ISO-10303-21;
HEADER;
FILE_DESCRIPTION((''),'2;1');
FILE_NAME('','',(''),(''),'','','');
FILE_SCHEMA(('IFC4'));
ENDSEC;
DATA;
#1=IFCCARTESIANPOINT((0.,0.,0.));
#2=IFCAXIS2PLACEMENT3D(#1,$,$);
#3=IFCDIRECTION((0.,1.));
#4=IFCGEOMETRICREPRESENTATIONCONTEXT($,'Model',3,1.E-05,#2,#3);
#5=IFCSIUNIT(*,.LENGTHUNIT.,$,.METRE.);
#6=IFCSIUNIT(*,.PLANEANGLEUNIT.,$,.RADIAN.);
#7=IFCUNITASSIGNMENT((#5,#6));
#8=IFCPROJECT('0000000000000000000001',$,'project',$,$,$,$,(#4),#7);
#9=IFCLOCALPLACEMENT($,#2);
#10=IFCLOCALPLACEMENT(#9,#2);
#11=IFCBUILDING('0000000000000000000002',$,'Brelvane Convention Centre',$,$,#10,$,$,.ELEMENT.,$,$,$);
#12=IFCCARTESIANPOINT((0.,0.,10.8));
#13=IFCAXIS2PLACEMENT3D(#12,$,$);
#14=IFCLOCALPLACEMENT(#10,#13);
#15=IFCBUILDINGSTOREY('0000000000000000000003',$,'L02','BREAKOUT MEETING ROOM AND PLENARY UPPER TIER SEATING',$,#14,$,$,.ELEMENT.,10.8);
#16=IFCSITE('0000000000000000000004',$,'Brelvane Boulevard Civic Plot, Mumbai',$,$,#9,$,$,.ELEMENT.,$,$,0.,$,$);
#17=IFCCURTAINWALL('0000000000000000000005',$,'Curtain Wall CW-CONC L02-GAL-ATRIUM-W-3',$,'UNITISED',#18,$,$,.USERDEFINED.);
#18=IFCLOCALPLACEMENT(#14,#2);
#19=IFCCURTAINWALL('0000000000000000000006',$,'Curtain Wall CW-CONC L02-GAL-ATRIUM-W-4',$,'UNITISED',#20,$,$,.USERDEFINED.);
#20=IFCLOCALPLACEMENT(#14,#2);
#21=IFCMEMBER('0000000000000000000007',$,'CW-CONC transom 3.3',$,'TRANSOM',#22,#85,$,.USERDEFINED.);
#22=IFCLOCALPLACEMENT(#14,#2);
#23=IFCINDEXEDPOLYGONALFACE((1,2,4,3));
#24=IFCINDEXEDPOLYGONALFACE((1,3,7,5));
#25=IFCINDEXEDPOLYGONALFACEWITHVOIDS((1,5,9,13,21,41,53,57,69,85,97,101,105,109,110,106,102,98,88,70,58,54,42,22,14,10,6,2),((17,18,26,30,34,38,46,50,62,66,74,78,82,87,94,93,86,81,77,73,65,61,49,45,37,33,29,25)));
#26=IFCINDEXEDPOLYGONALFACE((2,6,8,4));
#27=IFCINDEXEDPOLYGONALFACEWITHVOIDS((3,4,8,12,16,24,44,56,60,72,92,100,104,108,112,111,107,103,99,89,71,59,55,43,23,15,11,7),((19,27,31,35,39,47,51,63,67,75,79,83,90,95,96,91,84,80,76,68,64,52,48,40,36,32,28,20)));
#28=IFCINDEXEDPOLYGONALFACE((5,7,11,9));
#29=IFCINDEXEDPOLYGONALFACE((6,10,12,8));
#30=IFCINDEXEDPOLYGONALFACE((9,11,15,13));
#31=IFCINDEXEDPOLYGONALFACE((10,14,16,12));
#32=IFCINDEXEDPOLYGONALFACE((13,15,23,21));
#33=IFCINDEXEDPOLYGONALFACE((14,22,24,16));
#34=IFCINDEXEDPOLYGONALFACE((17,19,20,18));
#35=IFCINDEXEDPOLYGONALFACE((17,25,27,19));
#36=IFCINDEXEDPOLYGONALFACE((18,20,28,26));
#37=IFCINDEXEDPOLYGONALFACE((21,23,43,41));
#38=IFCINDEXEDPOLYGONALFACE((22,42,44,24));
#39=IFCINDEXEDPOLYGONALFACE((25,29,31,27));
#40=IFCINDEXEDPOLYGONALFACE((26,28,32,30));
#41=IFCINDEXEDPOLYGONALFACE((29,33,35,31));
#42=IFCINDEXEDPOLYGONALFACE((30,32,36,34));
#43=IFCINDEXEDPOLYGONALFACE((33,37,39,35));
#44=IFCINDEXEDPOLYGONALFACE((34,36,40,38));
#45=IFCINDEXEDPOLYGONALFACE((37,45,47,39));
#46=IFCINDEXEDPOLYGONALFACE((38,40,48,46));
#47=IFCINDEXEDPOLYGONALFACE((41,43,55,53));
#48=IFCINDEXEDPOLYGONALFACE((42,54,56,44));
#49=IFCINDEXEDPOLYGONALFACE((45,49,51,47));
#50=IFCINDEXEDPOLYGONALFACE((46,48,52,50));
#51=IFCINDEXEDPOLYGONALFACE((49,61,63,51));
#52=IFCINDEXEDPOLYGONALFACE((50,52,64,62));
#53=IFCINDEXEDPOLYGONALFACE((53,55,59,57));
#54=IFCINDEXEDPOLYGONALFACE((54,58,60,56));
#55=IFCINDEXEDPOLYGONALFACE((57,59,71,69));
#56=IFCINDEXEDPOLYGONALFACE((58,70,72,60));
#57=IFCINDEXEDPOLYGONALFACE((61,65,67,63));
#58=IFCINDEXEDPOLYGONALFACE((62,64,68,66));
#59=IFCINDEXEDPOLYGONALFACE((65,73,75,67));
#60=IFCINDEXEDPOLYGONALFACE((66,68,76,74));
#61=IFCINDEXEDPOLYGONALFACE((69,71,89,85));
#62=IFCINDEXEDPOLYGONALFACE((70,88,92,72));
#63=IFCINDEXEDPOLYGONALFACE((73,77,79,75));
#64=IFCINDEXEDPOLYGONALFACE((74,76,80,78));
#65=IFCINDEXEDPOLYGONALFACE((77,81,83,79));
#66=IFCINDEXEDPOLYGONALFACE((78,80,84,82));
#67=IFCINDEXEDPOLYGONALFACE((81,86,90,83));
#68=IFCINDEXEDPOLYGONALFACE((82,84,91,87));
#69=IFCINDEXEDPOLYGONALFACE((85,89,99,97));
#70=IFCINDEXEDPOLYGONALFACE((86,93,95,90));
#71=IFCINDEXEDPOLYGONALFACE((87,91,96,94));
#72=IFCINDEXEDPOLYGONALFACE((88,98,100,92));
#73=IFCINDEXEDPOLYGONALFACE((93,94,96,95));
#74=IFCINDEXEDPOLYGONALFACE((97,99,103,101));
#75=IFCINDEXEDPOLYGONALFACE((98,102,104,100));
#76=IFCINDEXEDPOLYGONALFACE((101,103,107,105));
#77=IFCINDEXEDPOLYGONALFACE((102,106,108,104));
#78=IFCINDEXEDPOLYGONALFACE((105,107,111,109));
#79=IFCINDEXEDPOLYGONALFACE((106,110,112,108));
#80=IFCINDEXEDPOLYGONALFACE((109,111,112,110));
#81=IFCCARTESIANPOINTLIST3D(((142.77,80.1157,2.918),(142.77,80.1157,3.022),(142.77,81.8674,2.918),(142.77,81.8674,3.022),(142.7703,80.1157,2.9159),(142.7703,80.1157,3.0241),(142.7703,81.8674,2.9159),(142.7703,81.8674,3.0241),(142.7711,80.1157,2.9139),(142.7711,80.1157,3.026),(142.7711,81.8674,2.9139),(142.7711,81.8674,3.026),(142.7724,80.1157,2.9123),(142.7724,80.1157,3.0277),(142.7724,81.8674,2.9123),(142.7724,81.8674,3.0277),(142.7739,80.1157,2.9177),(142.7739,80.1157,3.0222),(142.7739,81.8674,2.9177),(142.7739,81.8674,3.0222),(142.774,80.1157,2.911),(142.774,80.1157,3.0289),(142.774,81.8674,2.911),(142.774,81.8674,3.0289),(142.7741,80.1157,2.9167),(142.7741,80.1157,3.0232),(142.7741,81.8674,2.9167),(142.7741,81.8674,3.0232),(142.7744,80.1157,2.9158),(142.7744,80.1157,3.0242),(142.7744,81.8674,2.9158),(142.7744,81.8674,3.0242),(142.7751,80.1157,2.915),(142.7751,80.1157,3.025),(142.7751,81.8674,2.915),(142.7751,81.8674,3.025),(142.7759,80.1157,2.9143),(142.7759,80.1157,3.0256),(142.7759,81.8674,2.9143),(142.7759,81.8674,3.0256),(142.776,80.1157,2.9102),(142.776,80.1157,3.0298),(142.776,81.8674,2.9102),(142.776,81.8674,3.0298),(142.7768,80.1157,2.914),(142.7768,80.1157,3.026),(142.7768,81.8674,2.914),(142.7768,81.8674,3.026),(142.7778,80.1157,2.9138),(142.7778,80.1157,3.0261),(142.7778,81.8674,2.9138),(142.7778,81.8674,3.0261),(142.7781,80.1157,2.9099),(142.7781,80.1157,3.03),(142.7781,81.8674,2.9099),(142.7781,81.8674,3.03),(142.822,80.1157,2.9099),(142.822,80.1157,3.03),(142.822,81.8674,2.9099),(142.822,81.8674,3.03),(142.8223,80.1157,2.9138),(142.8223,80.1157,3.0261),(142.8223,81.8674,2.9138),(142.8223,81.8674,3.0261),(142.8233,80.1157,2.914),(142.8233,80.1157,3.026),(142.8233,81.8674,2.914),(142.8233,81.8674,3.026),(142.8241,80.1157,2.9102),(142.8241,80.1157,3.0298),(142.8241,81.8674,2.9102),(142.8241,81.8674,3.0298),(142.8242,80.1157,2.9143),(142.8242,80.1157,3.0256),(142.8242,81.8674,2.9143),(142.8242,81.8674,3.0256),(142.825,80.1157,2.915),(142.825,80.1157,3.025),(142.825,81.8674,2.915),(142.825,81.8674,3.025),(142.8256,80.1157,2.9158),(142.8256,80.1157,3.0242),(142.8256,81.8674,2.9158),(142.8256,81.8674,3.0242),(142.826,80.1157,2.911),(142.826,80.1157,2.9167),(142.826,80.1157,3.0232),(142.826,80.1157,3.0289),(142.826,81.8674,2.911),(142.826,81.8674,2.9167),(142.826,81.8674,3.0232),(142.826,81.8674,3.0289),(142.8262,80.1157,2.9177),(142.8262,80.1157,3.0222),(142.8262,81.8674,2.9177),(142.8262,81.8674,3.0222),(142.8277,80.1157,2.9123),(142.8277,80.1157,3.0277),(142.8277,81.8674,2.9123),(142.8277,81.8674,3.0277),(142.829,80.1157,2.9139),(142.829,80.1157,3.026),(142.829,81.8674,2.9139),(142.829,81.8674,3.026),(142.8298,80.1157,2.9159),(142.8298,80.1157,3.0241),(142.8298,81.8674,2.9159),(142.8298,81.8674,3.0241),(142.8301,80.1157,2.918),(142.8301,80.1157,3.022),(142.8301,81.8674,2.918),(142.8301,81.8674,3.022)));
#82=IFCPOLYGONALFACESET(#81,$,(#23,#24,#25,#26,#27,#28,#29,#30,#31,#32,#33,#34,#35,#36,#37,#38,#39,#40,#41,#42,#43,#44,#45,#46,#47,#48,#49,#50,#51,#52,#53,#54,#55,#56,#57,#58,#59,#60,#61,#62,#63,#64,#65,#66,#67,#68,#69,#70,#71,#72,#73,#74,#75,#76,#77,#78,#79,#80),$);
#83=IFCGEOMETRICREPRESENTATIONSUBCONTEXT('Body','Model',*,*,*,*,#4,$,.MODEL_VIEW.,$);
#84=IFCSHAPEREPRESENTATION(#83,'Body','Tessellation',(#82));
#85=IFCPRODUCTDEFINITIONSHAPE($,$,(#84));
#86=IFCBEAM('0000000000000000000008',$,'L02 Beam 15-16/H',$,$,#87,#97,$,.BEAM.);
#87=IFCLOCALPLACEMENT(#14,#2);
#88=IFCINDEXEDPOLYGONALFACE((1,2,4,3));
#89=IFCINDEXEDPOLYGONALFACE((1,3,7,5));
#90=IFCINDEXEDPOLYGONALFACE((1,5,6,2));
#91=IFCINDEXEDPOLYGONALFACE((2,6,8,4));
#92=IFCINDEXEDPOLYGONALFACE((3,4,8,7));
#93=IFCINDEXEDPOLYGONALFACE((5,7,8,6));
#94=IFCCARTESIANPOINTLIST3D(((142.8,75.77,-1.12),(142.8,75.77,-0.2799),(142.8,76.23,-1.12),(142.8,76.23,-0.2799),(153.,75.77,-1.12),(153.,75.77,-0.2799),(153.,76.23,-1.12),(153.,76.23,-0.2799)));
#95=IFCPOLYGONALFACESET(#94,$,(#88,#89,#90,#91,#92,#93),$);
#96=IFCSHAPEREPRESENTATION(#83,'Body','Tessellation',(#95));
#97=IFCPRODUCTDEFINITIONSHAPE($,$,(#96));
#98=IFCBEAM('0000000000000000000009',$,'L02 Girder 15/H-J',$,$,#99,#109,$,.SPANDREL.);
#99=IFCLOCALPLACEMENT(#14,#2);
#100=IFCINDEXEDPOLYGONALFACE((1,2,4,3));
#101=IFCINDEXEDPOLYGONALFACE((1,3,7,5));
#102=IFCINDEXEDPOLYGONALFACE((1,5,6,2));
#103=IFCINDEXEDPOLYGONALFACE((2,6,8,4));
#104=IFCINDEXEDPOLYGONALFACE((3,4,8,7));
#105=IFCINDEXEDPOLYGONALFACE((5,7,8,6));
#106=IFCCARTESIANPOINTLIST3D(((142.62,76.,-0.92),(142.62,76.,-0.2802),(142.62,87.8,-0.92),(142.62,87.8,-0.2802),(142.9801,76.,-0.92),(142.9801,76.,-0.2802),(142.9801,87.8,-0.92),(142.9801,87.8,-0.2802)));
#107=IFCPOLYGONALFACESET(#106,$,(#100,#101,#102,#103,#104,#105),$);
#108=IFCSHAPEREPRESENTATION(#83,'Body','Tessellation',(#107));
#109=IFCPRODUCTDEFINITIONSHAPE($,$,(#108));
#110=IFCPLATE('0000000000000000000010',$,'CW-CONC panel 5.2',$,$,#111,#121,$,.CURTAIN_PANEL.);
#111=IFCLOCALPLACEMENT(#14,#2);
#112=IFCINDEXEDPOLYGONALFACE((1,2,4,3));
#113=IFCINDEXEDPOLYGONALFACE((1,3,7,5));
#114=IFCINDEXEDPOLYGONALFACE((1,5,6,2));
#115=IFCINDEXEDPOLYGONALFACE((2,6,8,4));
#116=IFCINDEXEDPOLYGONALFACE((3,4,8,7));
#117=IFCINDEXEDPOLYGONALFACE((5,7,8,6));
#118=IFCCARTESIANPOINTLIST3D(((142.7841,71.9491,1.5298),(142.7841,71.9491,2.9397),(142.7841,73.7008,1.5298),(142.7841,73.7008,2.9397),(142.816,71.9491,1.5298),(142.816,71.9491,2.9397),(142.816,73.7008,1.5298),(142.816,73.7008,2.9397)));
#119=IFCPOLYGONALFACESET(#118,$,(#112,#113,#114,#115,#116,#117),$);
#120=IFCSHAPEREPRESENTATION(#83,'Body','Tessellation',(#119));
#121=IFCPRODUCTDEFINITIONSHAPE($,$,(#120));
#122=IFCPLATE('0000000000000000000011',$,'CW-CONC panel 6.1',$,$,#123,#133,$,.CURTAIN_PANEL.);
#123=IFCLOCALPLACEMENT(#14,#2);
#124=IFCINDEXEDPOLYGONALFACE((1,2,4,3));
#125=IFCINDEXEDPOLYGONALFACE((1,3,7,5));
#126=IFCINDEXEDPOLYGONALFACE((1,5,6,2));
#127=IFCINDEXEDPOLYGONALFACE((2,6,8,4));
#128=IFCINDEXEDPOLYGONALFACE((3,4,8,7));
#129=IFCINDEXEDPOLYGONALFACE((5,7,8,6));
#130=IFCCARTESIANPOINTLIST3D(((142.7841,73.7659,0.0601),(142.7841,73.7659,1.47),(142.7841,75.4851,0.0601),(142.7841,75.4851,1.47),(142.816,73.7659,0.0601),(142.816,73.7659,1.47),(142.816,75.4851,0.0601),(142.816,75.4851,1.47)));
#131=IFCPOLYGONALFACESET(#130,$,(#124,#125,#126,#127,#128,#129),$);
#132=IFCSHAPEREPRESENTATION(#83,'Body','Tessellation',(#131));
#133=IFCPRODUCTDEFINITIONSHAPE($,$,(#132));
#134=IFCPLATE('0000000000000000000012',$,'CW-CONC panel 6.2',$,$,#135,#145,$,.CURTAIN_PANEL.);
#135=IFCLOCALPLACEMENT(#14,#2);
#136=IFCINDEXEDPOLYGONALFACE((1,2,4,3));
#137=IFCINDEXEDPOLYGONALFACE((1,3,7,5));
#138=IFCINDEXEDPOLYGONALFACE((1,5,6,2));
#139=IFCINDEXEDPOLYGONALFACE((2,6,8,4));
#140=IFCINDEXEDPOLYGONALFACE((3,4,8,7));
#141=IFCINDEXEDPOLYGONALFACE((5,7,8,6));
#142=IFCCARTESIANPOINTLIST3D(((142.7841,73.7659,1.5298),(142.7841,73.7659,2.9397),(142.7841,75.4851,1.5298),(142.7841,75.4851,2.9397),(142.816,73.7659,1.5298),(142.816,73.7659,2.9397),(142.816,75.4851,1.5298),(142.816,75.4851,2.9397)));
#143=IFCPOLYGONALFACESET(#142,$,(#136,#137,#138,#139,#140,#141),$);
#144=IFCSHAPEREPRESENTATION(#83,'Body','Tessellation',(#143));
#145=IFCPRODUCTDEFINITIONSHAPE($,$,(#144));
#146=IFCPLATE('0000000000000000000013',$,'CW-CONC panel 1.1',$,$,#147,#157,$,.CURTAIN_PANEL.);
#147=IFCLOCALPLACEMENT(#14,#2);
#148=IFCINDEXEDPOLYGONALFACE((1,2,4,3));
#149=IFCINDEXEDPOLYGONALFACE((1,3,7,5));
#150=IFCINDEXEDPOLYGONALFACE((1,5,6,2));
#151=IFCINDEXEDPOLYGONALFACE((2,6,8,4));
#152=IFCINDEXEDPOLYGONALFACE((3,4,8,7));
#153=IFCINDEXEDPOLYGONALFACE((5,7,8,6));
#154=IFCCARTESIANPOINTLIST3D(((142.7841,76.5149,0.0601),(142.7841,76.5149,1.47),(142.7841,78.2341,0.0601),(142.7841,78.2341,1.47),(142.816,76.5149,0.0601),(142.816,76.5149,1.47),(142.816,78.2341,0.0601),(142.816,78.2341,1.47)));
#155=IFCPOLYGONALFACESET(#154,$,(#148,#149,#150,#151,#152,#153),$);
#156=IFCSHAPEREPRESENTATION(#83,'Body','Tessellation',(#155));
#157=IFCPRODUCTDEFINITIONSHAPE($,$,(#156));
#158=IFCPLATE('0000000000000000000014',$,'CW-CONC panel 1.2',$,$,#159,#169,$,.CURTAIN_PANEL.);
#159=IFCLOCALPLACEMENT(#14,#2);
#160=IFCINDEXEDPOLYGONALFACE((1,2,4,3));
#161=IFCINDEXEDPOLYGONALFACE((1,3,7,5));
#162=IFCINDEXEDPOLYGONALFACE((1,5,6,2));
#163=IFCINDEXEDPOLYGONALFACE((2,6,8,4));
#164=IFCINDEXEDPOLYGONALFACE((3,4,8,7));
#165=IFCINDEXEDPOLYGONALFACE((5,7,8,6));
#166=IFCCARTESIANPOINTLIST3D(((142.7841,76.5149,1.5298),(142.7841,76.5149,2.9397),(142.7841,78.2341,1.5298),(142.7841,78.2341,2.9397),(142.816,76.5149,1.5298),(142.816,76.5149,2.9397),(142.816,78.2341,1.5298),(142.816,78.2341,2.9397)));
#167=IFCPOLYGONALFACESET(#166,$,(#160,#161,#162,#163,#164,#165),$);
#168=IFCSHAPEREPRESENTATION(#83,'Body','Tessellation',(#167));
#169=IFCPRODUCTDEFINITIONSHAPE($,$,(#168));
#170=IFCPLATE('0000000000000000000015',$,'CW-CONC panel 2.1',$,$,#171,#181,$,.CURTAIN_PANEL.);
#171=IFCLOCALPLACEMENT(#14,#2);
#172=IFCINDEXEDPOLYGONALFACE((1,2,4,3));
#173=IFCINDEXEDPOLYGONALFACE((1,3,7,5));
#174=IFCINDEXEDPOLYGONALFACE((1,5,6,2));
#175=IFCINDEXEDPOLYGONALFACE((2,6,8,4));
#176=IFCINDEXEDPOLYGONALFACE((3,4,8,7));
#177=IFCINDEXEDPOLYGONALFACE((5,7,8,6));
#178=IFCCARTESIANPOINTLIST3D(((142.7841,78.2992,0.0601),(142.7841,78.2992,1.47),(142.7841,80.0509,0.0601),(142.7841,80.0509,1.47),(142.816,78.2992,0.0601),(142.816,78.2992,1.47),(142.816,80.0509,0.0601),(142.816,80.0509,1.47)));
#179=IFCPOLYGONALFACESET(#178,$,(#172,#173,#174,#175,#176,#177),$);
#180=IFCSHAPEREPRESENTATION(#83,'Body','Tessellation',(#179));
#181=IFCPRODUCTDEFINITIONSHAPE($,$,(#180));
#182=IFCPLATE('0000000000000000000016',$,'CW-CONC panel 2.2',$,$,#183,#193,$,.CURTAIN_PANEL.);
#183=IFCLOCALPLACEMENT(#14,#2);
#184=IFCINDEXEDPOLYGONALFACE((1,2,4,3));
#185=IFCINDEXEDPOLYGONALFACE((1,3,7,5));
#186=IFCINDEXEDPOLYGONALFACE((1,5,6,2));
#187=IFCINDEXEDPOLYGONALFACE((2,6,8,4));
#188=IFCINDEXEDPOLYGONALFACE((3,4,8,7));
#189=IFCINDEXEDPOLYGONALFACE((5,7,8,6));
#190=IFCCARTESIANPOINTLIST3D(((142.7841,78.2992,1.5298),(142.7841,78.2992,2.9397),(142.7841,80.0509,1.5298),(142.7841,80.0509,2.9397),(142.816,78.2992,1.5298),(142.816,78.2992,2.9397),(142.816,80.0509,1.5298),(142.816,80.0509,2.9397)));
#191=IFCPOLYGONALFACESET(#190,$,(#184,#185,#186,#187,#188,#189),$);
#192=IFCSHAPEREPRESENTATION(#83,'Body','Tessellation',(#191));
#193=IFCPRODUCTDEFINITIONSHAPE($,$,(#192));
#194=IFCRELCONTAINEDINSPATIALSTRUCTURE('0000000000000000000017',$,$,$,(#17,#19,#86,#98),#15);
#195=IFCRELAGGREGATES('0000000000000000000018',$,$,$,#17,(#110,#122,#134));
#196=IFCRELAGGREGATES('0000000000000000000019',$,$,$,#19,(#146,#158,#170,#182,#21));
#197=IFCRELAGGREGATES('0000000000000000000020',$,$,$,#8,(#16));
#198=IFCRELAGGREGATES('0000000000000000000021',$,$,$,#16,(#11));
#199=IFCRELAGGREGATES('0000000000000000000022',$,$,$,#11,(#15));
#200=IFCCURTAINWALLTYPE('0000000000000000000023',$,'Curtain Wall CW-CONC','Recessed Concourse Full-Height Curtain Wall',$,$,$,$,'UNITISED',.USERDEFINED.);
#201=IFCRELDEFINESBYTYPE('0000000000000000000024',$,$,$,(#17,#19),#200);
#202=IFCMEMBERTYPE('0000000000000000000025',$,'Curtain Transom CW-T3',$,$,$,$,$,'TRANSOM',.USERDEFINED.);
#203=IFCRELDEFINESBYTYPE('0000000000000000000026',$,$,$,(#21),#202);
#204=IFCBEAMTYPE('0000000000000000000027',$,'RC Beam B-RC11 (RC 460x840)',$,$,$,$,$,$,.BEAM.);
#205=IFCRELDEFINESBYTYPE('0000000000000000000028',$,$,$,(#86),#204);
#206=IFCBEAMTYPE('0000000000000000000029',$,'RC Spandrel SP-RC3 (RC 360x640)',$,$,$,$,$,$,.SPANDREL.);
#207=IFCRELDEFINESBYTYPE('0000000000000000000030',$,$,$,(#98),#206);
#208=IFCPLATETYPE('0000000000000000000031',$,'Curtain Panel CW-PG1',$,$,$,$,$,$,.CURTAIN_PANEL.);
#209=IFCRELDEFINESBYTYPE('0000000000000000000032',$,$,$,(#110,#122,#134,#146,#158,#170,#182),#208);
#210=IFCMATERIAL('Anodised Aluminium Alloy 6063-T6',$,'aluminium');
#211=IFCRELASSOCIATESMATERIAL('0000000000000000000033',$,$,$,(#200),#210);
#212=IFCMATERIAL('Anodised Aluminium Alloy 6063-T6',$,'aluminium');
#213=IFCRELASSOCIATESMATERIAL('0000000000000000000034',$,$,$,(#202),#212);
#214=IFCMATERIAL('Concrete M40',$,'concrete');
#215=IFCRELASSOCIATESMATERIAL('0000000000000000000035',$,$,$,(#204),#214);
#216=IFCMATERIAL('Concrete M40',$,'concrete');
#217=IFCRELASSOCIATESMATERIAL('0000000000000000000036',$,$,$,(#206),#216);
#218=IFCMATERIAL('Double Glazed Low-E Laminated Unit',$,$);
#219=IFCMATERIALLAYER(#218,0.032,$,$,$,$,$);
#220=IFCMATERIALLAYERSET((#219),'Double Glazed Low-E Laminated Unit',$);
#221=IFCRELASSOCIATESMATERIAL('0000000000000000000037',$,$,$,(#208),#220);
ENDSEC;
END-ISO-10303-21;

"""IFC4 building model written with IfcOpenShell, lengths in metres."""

from ifc_helpers import new_model, si_unit, direction, frame, origin, origin_2d, place, context, subcontext, project, spatial, rectangle, hollow_rectangle, extrude, material, layer, layer_set, material_profile, profile_set, type_object, element, aggregate, save


model = new_model("IFC4")

# Units and contexts
model_context = context("Model", 3, precision=1e-05, world=origin(), true_north=direction((0.0, 1.0)))
body_context = subcontext(model_context, "Body", "Model", "MODEL_VIEW")
ifc_project = project(units=[si_unit("LENGTHUNIT", "METRE"), si_unit("PLANEANGLEUNIT", "RADIAN")], contexts=[model_context])

# Site, building, storey
site_placement = place(None, origin())
site = spatial("IfcSite", under=ifc_project, at=site_placement, Name="Brelvane Boulevard Civic Plot, Mumbai", CompositionType="ELEMENT", RefElevation=0.0)
building_placement = place(site_placement, origin())
building = spatial("IfcBuilding", under=site, at=building_placement, Name="Brelvane Convention Centre", CompositionType="ELEMENT")
storey_placement = place(building_placement, frame((0.0, 0.0, 10.8)))
storey = spatial("IfcBuildingStorey", under=building, at=storey_placement, Name="L02", Description="BREAKOUT MEETING ROOM AND PLENARY UPPER TIER SEATING", CompositionType="ELEMENT", Elevation=10.8)

# Curtain walls
ifc_material_1 = material(Name="Anodised Aluminium Alloy 6063-T6", Category="aluminium")
curtain_wall_type = type_object("IfcCurtainWallType", Name="Curtain Wall CW-CONC", Description="Recessed Concourse Full-Height Curtain Wall", ElementType="UNITISED", PredefinedType="USERDEFINED", material=ifc_material_1)
curtain_wall_1_placement = place(storey_placement, origin())
curtain_wall_1 = element("IfcCurtainWall", 1, at=curtain_wall_1_placement, inside=storey, type_object=curtain_wall_type, Name="Curtain Wall CW-CONC L02-GAL-ATRIUM-W-3", ObjectType="UNITISED", PredefinedType="USERDEFINED")
curtain_wall_2_placement = place(storey_placement, origin())
curtain_wall_2 = element("IfcCurtainWall", 2, at=curtain_wall_2_placement, inside=storey, type_object=curtain_wall_type, Name="Curtain Wall CW-CONC L02-GAL-ATRIUM-W-4", ObjectType="UNITISED", PredefinedType="USERDEFINED")

# Member
ifc_material_2 = material(Name="Anodised Aluminium Alloy 6063-T6", Category="aluminium")
ifc_material_profile_1 = material_profile(ifc_material_2, hollow_rectangle(XDim=0.0601, YDim=0.1201, WallThickness=0.0039, InnerFilletRadius=0.0039, OuterFilletRadius=0.0081, at=origin_2d()), Name="ALU-T 120x60x4.0")
ifc_profile_set_1 = profile_set([ifc_material_profile_1], Name="Anodised Aluminium Alloy 6063-T6")
member_type_1 = type_object("IfcMemberType", Name="Curtain Transom CW-T3", ElementType="TRANSOM", PredefinedType="USERDEFINED", material=ifc_profile_set_1)
member_1_placement = place(storey_placement, frame((142.8, 80.1157, 2.97), z_axis=(0.0, 1.0, 0.0), x_axis=(-1.0, 0.0, 0.0)))
member_1 = element("IfcMember", 3, at=member_1_placement, type_object=member_type_1, Name="CW-CONC transom 3.3", ObjectType="TRANSOM", PredefinedType="USERDEFINED", context=body_context, shape_type="SweptSolid", body=[
    extrude(hollow_rectangle(XDim=0.0601, YDim=0.1201, WallThickness=0.0039, InnerFilletRadius=0.0039, OuterFilletRadius=0.0081, at=origin_2d()), origin(), (0.0, 0.0, 1.0), 1.7517),
])

# Beams
ifc_material_3 = material(Name="Concrete M40", Category="concrete")
ifc_material_profile_2 = material_profile(ifc_material_3, rectangle(XDim=0.46, YDim=0.8401, at=origin_2d()), Name="RC 460x840")
ifc_profile_set_2 = profile_set([ifc_material_profile_2], Name="Concrete M40")
beam_type_1 = type_object("IfcBeamType", Name="RC Beam B-RC11 (RC 460x840)", PredefinedType="BEAM", material=ifc_profile_set_2)
beam_1_placement = place(storey_placement, frame((142.8, 76.0, -0.7), z_axis=(1.0, 0.0, 0.0), x_axis=(0.0, 1.0, 0.0)))
element("IfcBeam", 4, at=beam_1_placement, inside=storey, type_object=beam_type_1, Name="L02 Beam 15-16/H", PredefinedType="BEAM", context=body_context, shape_type="SweptSolid", body=[
    extrude(rectangle(XDim=0.46, YDim=0.8401, at=origin_2d()), origin(), (0.0, 0.0, 1.0), 10.2),
])
ifc_material_4 = material(Name="Concrete M40", Category="concrete")
ifc_material_profile_3 = material_profile(ifc_material_4, rectangle(XDim=0.3601, YDim=0.6399, at=origin_2d()), Name="RC 360x640")
ifc_profile_set_3 = profile_set([ifc_material_profile_3], Name="Concrete M40")
beam_type_2 = type_object("IfcBeamType", Name="RC Spandrel SP-RC3 (RC 360x640)", PredefinedType="SPANDREL", material=ifc_profile_set_3)
beam_2_placement = place(storey_placement, frame((142.8, 76.0, -0.6001), z_axis=(0.0, 1.0, 0.0), x_axis=(-1.0, 0.0, 0.0)))
element("IfcBeam", 5, at=beam_2_placement, inside=storey, type_object=beam_type_2, Name="L02 Girder 15/H-J", PredefinedType="SPANDREL", context=body_context, shape_type="SweptSolid", body=[
    extrude(rectangle(XDim=0.3601, YDim=0.6399, at=origin_2d()), origin(), (0.0, 0.0, 1.0), 11.8),
])

# Plates
ifc_material_5 = material(Name="Double Glazed Low-E Laminated Unit")
ifc_layer = layer(ifc_material_5, 0.032)
ifc_layer_set = layer_set([ifc_layer], Name="Double Glazed Low-E Laminated Unit")
plate_type = type_object("IfcPlateType", Name="Curtain Panel CW-PG1", PredefinedType="CURTAIN_PANEL", material=ifc_layer_set)
plate_1_placement = place(storey_placement, frame((142.8, 72.825, 1.5298), z_axis=(0.0, 0.0, 1.0), x_axis=(0.0, 1.0, 0.0)))
plate_1 = element("IfcPlate", 6, at=plate_1_placement, type_object=plate_type, Name="CW-CONC panel 5.2", PredefinedType="CURTAIN_PANEL", context=body_context, shape_type="SweptSolid", body=[
    extrude(rectangle(XDim=1.7517, YDim=0.032, at=origin_2d()), origin(), (0.0, 0.0, 1.0), 1.4099),
])
plate_2_placement = place(storey_placement, frame((142.8, 74.6255, 0.0601), z_axis=(0.0, 0.0, 1.0), x_axis=(0.0, 1.0, 0.0)))
plate_2 = element("IfcPlate", 7, at=plate_2_placement, type_object=plate_type, Name="CW-CONC panel 6.1", PredefinedType="CURTAIN_PANEL", context=body_context, shape_type="SweptSolid", body=[
    extrude(rectangle(XDim=1.7192, YDim=0.032, at=origin_2d()), origin(), (0.0, 0.0, 1.0), 1.4099),
])
plate_3_placement = place(storey_placement, frame((142.8, 74.6255, 1.5298), z_axis=(0.0, 0.0, 1.0), x_axis=(0.0, 1.0, 0.0)))
plate_3 = element("IfcPlate", 8, at=plate_3_placement, type_object=plate_type, Name="CW-CONC panel 6.2", PredefinedType="CURTAIN_PANEL", context=body_context, shape_type="SweptSolid", body=[
    extrude(rectangle(XDim=1.7192, YDim=0.032, at=origin_2d()), origin(), (0.0, 0.0, 1.0), 1.4099),
])
aggregate(curtain_wall_1, [plate_1, plate_2, plate_3])
plate_4_placement = place(storey_placement, frame((142.8, 77.3745, 0.0601), z_axis=(0.0, 0.0, 1.0), x_axis=(0.0, 1.0, 0.0)))
plate_4 = element("IfcPlate", 9, at=plate_4_placement, type_object=plate_type, Name="CW-CONC panel 1.1", PredefinedType="CURTAIN_PANEL", context=body_context, shape_type="SweptSolid", body=[
    extrude(rectangle(XDim=1.7192, YDim=0.032, at=origin_2d()), origin(), (0.0, 0.0, 1.0), 1.4099),
])
plate_5_placement = place(storey_placement, frame((142.8, 77.3745, 1.5298), z_axis=(0.0, 0.0, 1.0), x_axis=(0.0, 1.0, 0.0)))
plate_5 = element("IfcPlate", 10, at=plate_5_placement, type_object=plate_type, Name="CW-CONC panel 1.2", PredefinedType="CURTAIN_PANEL", context=body_context, shape_type="SweptSolid", body=[
    extrude(rectangle(XDim=1.7192, YDim=0.032, at=origin_2d()), origin(), (0.0, 0.0, 1.0), 1.4099),
])
plate_6_placement = place(storey_placement, frame((142.8, 79.175, 0.0601), z_axis=(0.0, 0.0, 1.0), x_axis=(0.0, 1.0, 0.0)))
plate_6 = element("IfcPlate", 11, at=plate_6_placement, type_object=plate_type, Name="CW-CONC panel 2.1", PredefinedType="CURTAIN_PANEL", context=body_context, shape_type="SweptSolid", body=[
    extrude(rectangle(XDim=1.7517, YDim=0.032, at=origin_2d()), origin(), (0.0, 0.0, 1.0), 1.4099),
])
plate_7_placement = place(storey_placement, frame((142.8, 79.175, 1.5298), z_axis=(0.0, 0.0, 1.0), x_axis=(0.0, 1.0, 0.0)))
plate_7 = element("IfcPlate", 12, at=plate_7_placement, type_object=plate_type, Name="CW-CONC panel 2.2", PredefinedType="CURTAIN_PANEL", context=body_context, shape_type="SweptSolid", body=[
    extrude(rectangle(XDim=1.7517, YDim=0.032, at=origin_2d()), origin(), (0.0, 0.0, 1.0), 1.4099),
])
aggregate(curtain_wall_2, [plate_4, plate_5, plate_6, plate_7, member_1])

save(model, "model.ifc")
